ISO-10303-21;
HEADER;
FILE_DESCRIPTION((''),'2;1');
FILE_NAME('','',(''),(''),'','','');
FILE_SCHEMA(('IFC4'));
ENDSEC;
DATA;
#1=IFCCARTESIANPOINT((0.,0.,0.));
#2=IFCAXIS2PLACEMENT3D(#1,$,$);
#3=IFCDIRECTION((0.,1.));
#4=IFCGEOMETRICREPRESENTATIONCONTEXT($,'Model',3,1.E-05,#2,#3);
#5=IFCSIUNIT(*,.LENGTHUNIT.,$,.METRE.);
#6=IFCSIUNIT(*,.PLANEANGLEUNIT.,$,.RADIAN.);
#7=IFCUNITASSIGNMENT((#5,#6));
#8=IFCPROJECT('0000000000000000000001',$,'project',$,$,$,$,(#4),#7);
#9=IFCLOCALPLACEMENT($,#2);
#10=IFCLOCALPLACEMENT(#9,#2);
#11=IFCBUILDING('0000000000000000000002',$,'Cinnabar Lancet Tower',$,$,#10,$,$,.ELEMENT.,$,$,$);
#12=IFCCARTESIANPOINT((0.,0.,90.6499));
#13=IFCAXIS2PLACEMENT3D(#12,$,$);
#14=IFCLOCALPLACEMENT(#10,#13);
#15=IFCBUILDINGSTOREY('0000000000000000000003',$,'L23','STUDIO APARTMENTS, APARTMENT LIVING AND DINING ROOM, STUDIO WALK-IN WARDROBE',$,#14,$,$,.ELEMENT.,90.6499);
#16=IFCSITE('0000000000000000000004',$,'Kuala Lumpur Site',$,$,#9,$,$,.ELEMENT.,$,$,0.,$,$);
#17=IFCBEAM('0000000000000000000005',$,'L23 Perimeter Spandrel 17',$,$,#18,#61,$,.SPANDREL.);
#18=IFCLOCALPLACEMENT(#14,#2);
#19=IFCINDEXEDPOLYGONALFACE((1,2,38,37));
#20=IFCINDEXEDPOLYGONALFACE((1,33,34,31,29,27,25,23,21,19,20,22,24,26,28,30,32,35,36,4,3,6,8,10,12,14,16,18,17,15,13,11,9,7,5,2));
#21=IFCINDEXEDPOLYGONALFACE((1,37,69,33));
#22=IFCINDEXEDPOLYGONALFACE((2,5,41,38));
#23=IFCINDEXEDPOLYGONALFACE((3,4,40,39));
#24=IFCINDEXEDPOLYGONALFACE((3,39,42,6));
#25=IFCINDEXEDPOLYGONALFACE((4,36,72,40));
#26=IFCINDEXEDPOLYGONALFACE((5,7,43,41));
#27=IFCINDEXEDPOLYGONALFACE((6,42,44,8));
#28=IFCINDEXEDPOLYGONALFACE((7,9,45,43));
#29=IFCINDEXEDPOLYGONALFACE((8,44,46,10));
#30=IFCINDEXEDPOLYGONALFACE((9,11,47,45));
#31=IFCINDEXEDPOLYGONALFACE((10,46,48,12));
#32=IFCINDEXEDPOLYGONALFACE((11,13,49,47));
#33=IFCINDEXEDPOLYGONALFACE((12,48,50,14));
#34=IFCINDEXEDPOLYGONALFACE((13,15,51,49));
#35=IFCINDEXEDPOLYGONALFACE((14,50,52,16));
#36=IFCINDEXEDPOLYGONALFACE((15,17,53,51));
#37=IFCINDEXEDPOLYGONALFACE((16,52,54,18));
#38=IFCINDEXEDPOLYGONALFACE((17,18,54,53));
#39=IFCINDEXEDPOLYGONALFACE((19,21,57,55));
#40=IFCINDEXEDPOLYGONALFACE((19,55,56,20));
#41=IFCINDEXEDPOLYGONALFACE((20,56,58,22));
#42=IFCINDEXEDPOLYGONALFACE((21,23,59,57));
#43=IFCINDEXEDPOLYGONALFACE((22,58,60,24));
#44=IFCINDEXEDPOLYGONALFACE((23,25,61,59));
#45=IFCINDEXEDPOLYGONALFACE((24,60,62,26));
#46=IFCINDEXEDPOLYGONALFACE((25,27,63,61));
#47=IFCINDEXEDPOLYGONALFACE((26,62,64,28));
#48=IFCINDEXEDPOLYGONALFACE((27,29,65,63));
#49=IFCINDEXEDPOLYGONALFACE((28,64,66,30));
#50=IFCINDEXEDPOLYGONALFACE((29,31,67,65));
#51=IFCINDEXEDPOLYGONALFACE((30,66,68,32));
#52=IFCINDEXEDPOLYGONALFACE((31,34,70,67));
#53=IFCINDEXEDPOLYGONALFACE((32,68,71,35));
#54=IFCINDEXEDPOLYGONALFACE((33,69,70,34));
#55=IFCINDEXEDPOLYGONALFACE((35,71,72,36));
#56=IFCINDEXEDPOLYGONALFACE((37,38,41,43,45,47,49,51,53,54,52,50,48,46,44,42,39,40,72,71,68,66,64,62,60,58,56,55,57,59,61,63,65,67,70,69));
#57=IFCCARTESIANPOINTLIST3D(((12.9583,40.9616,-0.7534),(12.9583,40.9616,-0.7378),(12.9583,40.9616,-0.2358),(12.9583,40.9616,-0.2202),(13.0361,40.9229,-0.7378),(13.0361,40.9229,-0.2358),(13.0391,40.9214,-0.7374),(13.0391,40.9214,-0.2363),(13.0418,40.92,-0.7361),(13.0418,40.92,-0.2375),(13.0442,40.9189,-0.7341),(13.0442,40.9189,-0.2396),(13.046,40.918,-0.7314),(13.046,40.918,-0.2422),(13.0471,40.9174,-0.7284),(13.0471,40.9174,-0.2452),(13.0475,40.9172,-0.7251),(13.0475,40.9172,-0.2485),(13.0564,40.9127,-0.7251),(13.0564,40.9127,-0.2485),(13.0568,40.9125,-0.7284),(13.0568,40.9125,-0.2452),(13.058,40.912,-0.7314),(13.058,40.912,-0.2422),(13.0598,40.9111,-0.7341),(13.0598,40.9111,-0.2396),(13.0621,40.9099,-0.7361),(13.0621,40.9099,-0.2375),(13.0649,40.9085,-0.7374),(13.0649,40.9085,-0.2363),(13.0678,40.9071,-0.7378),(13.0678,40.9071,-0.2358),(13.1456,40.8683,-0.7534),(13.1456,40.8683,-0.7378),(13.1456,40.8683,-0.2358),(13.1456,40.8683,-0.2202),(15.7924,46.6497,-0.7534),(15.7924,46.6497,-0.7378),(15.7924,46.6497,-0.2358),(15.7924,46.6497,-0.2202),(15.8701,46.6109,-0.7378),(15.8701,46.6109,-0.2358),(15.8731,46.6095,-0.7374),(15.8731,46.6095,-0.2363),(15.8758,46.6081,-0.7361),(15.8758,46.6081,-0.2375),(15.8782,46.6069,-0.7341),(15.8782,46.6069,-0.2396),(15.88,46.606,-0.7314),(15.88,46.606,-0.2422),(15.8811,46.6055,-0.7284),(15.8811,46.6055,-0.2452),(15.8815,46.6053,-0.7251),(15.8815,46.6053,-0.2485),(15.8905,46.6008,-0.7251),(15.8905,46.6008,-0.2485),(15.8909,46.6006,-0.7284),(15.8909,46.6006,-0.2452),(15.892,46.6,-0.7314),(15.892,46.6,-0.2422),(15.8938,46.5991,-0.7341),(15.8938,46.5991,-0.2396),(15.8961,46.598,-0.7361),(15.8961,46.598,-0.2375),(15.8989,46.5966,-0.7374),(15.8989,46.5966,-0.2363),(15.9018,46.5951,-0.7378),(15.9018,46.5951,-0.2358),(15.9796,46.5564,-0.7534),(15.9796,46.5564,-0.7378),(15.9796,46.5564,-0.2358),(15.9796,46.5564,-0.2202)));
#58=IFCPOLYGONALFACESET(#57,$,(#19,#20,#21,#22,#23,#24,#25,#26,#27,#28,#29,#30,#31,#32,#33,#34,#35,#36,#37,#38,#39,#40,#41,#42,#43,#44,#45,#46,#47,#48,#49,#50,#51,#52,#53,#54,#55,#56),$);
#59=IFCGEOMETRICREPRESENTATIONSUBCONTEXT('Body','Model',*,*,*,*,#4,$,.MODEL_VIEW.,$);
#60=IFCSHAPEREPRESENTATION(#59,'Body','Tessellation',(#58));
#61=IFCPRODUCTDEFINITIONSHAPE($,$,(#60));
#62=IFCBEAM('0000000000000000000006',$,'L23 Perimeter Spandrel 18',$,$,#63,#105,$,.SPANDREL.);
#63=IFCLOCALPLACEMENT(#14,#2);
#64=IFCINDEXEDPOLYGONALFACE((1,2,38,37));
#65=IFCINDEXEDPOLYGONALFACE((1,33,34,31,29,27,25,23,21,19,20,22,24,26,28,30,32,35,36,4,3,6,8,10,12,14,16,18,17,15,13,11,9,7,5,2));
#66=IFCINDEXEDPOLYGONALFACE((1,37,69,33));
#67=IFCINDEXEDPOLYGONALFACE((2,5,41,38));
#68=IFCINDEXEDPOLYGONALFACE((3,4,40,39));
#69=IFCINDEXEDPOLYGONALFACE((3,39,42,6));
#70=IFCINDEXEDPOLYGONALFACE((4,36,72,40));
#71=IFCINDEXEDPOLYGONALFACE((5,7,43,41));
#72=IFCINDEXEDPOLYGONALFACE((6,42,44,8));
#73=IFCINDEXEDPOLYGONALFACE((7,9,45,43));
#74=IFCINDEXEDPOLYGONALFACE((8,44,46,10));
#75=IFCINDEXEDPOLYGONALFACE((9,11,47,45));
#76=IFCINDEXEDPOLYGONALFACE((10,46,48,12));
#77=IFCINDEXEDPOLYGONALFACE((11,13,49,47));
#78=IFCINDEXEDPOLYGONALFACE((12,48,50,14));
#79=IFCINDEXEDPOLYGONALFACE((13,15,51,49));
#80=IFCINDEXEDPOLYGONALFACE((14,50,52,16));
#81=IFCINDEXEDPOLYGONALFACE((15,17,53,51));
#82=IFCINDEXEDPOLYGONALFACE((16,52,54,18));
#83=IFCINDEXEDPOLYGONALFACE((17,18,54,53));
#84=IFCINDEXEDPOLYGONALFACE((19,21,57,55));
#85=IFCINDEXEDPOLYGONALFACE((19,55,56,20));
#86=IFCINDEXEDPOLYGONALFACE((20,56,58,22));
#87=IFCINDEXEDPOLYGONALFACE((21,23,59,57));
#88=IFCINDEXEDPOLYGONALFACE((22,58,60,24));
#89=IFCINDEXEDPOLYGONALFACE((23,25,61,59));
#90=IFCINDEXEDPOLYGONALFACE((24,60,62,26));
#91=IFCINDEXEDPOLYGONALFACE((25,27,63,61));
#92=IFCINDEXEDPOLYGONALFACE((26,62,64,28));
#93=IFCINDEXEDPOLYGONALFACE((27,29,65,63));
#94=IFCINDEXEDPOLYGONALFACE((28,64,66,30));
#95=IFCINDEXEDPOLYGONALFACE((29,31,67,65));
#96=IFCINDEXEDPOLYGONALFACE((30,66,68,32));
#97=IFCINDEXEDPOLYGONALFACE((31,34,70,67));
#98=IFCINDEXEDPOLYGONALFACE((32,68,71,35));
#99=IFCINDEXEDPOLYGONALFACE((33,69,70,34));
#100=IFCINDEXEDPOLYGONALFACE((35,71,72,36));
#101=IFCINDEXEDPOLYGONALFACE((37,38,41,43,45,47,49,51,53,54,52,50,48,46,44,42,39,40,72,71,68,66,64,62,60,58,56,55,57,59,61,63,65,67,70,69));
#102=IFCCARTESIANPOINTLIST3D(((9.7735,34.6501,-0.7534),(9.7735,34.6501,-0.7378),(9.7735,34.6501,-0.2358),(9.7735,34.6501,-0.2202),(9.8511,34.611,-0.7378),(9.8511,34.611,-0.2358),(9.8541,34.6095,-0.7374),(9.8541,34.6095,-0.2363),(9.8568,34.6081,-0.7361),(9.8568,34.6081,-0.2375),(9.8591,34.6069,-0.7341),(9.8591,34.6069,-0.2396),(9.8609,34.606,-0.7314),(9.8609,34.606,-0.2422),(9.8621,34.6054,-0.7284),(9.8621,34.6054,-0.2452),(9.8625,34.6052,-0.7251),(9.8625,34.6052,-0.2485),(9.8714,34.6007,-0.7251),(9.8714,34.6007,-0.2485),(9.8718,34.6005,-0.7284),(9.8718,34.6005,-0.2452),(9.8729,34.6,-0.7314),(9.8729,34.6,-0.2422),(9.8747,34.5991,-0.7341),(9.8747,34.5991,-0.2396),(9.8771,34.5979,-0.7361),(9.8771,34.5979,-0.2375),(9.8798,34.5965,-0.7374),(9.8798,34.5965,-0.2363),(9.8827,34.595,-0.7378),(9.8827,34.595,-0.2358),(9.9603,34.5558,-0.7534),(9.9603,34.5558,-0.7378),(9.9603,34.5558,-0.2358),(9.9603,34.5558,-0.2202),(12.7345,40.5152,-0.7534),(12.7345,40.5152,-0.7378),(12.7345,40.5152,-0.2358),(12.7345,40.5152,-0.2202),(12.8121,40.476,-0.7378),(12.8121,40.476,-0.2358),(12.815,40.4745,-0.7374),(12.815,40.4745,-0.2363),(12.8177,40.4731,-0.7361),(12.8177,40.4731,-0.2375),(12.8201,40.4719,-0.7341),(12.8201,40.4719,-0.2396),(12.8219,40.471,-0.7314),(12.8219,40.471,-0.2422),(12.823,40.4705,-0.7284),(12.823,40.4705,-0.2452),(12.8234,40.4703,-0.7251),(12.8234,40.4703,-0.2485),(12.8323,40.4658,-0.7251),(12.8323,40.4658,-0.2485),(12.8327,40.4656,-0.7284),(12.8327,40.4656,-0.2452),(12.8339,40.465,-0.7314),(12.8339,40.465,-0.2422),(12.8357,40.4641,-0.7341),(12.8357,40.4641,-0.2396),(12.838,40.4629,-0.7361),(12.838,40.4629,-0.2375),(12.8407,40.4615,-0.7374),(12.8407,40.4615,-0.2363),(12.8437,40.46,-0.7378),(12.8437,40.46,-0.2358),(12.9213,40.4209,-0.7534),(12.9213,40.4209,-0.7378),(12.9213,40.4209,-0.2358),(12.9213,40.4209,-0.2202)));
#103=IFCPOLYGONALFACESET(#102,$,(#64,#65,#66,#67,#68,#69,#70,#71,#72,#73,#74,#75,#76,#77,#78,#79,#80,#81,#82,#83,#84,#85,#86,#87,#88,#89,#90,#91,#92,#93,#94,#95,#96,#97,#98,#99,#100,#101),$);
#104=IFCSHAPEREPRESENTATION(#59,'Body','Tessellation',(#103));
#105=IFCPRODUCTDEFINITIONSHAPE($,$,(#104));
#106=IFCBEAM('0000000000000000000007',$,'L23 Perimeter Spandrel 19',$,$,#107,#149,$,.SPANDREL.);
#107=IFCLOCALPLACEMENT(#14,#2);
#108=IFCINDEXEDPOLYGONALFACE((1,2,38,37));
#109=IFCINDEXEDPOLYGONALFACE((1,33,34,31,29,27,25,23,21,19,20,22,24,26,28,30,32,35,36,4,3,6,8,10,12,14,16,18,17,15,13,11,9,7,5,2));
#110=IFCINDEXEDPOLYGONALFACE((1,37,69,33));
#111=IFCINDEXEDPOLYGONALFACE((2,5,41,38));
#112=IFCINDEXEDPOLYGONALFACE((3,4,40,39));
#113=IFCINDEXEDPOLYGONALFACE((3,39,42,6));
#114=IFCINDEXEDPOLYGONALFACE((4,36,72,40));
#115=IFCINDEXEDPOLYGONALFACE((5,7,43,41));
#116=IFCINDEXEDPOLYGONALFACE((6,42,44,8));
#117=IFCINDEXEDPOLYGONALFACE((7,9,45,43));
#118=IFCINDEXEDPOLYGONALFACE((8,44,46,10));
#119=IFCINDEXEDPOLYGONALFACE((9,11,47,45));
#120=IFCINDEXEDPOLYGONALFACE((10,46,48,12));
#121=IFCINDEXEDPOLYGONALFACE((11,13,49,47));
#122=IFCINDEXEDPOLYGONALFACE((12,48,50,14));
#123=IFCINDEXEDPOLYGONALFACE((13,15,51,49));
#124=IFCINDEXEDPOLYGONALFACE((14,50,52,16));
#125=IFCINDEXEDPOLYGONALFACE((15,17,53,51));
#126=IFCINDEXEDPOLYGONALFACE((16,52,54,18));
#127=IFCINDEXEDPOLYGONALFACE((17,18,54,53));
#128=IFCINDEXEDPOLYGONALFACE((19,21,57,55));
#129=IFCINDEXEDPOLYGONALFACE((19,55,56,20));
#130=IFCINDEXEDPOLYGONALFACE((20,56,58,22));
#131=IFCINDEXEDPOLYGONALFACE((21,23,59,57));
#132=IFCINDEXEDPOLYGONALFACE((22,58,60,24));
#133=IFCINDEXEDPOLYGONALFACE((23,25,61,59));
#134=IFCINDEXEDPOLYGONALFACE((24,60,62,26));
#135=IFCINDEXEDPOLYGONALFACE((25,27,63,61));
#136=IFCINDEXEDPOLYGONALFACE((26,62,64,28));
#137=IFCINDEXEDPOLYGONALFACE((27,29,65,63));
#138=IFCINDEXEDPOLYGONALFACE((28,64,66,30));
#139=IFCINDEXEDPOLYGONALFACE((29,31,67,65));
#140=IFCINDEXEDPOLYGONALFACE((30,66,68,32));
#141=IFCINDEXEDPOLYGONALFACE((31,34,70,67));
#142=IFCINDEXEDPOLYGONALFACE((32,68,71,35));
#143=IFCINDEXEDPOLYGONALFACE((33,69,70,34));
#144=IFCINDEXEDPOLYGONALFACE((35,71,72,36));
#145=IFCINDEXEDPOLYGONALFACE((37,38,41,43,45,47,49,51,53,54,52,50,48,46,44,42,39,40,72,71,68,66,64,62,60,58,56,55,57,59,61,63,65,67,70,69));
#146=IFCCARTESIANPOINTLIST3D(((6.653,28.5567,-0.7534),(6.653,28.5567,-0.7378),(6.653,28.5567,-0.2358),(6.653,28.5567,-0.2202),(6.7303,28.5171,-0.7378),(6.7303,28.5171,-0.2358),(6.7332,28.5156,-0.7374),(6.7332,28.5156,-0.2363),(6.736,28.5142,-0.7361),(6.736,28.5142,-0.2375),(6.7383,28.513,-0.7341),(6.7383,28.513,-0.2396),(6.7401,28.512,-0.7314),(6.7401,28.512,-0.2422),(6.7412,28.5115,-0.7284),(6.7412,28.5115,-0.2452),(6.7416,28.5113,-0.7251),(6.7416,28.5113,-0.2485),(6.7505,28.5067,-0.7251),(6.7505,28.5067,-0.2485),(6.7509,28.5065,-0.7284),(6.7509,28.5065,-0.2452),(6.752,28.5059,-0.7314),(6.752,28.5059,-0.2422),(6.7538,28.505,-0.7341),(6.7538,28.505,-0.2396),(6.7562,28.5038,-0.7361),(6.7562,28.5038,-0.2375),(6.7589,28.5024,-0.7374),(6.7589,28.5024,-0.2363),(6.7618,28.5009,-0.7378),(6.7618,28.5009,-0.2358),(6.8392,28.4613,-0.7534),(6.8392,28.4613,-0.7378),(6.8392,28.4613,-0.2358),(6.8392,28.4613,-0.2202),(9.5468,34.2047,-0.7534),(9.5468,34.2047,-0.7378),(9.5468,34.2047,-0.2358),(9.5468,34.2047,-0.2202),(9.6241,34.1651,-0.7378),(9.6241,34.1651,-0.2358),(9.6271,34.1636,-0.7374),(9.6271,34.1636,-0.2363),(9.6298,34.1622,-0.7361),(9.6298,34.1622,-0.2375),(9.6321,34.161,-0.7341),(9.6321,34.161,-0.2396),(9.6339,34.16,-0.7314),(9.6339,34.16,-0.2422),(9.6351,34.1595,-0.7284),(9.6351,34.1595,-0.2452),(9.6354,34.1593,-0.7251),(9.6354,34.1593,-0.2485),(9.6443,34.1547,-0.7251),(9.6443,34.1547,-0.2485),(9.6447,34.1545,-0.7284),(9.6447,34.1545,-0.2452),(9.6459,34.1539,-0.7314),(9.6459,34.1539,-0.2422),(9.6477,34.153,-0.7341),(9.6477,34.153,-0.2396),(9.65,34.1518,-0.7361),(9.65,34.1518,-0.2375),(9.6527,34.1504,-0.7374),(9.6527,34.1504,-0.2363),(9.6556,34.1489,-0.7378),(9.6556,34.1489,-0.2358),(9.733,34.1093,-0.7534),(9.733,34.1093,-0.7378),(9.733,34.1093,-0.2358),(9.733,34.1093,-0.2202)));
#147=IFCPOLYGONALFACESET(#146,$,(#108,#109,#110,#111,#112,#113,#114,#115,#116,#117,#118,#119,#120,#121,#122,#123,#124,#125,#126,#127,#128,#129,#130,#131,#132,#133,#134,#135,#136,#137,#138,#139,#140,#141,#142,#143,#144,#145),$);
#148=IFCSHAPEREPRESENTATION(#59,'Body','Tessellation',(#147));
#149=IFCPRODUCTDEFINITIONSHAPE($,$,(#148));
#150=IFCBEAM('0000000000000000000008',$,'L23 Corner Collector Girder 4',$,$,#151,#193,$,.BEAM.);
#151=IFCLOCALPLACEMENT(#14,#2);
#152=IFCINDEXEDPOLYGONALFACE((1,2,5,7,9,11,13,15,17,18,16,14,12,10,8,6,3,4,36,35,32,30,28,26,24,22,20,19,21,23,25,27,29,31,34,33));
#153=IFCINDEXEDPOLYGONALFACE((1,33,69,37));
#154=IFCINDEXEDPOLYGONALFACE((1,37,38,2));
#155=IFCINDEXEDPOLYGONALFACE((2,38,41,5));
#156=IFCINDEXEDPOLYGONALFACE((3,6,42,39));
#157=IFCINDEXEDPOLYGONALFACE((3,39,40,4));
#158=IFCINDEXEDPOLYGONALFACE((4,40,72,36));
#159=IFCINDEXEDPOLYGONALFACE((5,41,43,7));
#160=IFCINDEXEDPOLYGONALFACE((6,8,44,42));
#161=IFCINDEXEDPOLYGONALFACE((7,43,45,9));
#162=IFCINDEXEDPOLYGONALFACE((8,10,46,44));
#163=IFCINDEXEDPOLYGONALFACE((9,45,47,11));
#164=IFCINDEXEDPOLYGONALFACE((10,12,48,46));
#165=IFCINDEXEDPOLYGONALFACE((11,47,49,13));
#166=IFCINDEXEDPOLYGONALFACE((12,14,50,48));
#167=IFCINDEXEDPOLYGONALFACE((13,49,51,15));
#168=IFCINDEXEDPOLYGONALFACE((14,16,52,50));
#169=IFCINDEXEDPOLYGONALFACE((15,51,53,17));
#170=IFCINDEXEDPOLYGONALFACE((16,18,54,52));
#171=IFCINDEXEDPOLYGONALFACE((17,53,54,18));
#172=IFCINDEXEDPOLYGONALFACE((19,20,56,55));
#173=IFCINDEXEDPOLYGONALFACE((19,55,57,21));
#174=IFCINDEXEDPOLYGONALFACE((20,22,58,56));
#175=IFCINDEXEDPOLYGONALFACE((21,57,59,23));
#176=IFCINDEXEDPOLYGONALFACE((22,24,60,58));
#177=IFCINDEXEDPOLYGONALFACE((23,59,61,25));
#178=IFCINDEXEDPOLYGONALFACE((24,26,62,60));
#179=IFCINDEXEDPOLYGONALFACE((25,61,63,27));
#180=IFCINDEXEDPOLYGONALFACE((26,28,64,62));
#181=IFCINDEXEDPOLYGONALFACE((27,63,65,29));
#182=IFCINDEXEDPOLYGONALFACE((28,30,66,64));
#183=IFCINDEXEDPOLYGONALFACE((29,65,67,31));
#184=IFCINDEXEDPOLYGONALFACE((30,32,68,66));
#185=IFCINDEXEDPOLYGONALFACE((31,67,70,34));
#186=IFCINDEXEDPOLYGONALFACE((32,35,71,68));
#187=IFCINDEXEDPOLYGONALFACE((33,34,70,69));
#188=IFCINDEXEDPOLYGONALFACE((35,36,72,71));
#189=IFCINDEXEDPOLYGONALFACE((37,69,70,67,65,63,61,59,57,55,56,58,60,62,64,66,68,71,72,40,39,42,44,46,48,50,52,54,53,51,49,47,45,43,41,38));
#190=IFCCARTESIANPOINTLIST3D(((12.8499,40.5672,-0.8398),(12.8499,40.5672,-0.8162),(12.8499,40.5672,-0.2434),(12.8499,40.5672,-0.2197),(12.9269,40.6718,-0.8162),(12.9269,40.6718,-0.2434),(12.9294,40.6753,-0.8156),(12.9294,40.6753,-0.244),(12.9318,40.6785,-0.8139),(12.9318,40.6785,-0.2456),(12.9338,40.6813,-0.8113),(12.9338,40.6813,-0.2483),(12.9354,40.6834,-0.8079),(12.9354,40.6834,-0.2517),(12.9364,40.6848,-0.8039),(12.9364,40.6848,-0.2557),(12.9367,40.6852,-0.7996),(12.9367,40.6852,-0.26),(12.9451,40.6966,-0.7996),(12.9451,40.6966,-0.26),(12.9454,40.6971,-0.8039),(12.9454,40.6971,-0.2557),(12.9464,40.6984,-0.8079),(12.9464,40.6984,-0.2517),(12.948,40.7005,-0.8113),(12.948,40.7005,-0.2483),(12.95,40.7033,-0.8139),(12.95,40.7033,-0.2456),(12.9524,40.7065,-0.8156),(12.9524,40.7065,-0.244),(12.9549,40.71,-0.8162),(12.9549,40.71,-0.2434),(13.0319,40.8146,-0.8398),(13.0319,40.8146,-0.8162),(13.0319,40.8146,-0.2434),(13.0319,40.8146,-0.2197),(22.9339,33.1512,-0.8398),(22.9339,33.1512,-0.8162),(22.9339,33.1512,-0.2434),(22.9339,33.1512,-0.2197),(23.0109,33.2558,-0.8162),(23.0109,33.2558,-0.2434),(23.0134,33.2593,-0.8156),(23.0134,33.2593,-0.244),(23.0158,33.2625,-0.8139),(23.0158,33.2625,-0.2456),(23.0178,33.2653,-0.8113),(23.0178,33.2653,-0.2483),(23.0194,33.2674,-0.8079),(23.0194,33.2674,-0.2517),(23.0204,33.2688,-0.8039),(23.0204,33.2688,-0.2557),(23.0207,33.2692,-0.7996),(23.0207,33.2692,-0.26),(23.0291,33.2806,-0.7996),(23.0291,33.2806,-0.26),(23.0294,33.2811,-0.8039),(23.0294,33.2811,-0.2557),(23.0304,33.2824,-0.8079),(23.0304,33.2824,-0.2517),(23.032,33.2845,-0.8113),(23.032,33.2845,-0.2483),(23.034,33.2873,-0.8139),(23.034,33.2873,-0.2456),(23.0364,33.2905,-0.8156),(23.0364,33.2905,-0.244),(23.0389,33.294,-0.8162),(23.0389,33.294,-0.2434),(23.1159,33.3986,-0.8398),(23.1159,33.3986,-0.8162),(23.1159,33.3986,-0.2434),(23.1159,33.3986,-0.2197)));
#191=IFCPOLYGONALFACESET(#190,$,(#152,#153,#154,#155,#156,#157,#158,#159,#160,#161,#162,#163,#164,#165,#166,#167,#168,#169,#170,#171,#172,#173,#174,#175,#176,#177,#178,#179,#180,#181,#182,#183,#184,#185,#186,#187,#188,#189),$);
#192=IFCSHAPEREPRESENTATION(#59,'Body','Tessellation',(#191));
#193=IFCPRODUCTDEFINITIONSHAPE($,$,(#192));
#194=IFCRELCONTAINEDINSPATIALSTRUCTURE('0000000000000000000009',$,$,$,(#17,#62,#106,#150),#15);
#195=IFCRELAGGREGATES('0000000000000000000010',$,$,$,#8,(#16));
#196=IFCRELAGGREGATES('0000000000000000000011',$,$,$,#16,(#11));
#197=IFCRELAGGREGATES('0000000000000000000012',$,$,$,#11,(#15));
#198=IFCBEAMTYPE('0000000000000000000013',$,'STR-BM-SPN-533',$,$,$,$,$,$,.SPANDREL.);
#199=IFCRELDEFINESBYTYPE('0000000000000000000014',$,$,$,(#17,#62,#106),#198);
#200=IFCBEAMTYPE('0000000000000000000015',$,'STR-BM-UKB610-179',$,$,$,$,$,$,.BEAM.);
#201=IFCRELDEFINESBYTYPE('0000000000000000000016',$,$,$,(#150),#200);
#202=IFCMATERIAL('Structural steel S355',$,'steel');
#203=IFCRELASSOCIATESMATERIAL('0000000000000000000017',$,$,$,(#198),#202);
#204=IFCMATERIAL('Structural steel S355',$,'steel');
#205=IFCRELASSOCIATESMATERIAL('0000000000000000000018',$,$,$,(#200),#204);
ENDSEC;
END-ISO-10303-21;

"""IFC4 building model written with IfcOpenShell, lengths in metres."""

from ifc_helpers import new_model, si_unit, direction, frame, origin, origin_2d, place, context, subcontext, project, spatial, i_section, extrude, material, material_profile, profile_set, type_object, element, save


model = new_model("IFC4")

# Units and contexts
model_context = context("Model", 3, precision=1e-05, world=origin(), true_north=direction((0.0, 1.0)))
body_context = subcontext(model_context, "Body", "Model", "MODEL_VIEW")
ifc_project = project(units=[si_unit("LENGTHUNIT", "METRE"), si_unit("PLANEANGLEUNIT", "RADIAN")], contexts=[model_context])

# Site, building, storey
site_placement = place(None, origin())
site = spatial("IfcSite", under=ifc_project, at=site_placement, Name="Kuala Lumpur Site", CompositionType="ELEMENT", RefElevation=0.0)
building_placement = place(site_placement, origin())
building = spatial("IfcBuilding", under=site, at=building_placement, Name="Cinnabar Lancet Tower", CompositionType="ELEMENT")
storey_placement = place(building_placement, frame((0.0, 0.0, 90.6499)))
storey = spatial("IfcBuildingStorey", under=building, at=storey_placement, Name="L23", Description="STUDIO APARTMENTS, APARTMENT LIVING AND DINING ROOM, STUDIO WALK-IN WARDROBE", CompositionType="ELEMENT", Elevation=90.6499)

# Beams
ifc_material_1 = material(Name="Structural steel S355", Category="steel")
ifc_material_profile_1 = material_profile(ifc_material_1, i_section(OverallWidth=0.2092, OverallDepth=0.5332, WebThickness=0.01, FlangeThickness=0.0156, FilletRadius=0.0127, at=origin_2d()), Name="UKB 533x210x92")
ifc_profile_set_1 = profile_set([ifc_material_profile_1], Name="Structural steel S355")
beam_type_1 = type_object("IfcBeamType", Name="STR-BM-SPN-533", PredefinedType="SPANDREL", material=ifc_profile_set_1)
beam_1_placement = place(storey_placement, frame((15.886, 46.603, -0.4868), z_axis=(-0.445953, -0.895056, 0.0), x_axis=(0.895056, -0.445953, 0.0)))
element("IfcBeam", 1, at=beam_1_placement, inside=storey, type_object=beam_type_1, Name="L23 Perimeter Spandrel 17", PredefinedType="SPANDREL", context=body_context, shape_type="SweptSolid", body=[
    extrude(i_section(OverallWidth=0.2092, OverallDepth=0.5332, WebThickness=0.01, FlangeThickness=0.0156, FilletRadius=0.0127, at=origin_2d()), origin(), (0.0, 0.0, 1.0), 6.355),
])
beam_2_placement = place(storey_placement, frame((12.8279, 40.468, -0.4868), z_axis=(-0.450674, -0.892689, 0.0), x_axis=(0.892689, -0.450674, 0.0)))
element("IfcBeam", 2, at=beam_2_placement, inside=storey, type_object=beam_type_1, Name="L23 Perimeter Spandrel 18", PredefinedType="SPANDREL", context=body_context, shape_type="SweptSolid", body=[
    extrude(i_section(OverallWidth=0.2092, OverallDepth=0.5332, WebThickness=0.01, FlangeThickness=0.0156, FilletRadius=0.0127, at=origin_2d()), origin(), (0.0, 0.0, 1.0), 6.5701),
])
beam_3_placement = place(storey_placement, frame((9.6399, 34.157, -0.4868), z_axis=(-0.455994, -0.889983, 0.0), x_axis=(0.889983, -0.455994, 0.0)))
element("IfcBeam", 3, at=beam_3_placement, inside=storey, type_object=beam_type_1, Name="L23 Perimeter Spandrel 19", PredefinedType="SPANDREL", context=body_context, shape_type="SweptSolid", body=[
    extrude(i_section(OverallWidth=0.2092, OverallDepth=0.5332, WebThickness=0.01, FlangeThickness=0.0156, FilletRadius=0.0127, at=origin_2d()), origin(), (0.0, 0.0, 1.0), 6.3462),
])
ifc_material_2 = material(Name="Structural steel S355", Category="steel")
ifc_material_profile_2 = material_profile(ifc_material_2, i_section(OverallWidth=0.3071, OverallDepth=0.6201, WebThickness=0.0142, FlangeThickness=0.0237, FilletRadius=0.0166, at=origin_2d()), Name="UKB 610x305x179")
ifc_profile_set_2 = profile_set([ifc_material_profile_2], Name="Structural steel S355")
beam_type_2 = type_object("IfcBeamType", Name="STR-BM-UKB610-179", PredefinedType="BEAM", material=ifc_profile_set_2)
beam_4_placement = place(storey_placement, frame((12.9409, 40.6909, -0.5298), z_axis=(0.805601, -0.592459, 0.0), x_axis=(0.592459, 0.805601, 0.0)))
element("IfcBeam", 4, at=beam_4_placement, inside=storey, type_object=beam_type_2, Name="L23 Corner Collector Girder 4", PredefinedType="BEAM", context=body_context, shape_type="SweptSolid", body=[
    extrude(i_section(OverallWidth=0.3071, OverallDepth=0.6201, WebThickness=0.0142, FlangeThickness=0.0237, FilletRadius=0.0166, at=origin_2d()), origin(), (0.0, 0.0, 1.0), 12.5173),
])

save(model, "model.ifc")
